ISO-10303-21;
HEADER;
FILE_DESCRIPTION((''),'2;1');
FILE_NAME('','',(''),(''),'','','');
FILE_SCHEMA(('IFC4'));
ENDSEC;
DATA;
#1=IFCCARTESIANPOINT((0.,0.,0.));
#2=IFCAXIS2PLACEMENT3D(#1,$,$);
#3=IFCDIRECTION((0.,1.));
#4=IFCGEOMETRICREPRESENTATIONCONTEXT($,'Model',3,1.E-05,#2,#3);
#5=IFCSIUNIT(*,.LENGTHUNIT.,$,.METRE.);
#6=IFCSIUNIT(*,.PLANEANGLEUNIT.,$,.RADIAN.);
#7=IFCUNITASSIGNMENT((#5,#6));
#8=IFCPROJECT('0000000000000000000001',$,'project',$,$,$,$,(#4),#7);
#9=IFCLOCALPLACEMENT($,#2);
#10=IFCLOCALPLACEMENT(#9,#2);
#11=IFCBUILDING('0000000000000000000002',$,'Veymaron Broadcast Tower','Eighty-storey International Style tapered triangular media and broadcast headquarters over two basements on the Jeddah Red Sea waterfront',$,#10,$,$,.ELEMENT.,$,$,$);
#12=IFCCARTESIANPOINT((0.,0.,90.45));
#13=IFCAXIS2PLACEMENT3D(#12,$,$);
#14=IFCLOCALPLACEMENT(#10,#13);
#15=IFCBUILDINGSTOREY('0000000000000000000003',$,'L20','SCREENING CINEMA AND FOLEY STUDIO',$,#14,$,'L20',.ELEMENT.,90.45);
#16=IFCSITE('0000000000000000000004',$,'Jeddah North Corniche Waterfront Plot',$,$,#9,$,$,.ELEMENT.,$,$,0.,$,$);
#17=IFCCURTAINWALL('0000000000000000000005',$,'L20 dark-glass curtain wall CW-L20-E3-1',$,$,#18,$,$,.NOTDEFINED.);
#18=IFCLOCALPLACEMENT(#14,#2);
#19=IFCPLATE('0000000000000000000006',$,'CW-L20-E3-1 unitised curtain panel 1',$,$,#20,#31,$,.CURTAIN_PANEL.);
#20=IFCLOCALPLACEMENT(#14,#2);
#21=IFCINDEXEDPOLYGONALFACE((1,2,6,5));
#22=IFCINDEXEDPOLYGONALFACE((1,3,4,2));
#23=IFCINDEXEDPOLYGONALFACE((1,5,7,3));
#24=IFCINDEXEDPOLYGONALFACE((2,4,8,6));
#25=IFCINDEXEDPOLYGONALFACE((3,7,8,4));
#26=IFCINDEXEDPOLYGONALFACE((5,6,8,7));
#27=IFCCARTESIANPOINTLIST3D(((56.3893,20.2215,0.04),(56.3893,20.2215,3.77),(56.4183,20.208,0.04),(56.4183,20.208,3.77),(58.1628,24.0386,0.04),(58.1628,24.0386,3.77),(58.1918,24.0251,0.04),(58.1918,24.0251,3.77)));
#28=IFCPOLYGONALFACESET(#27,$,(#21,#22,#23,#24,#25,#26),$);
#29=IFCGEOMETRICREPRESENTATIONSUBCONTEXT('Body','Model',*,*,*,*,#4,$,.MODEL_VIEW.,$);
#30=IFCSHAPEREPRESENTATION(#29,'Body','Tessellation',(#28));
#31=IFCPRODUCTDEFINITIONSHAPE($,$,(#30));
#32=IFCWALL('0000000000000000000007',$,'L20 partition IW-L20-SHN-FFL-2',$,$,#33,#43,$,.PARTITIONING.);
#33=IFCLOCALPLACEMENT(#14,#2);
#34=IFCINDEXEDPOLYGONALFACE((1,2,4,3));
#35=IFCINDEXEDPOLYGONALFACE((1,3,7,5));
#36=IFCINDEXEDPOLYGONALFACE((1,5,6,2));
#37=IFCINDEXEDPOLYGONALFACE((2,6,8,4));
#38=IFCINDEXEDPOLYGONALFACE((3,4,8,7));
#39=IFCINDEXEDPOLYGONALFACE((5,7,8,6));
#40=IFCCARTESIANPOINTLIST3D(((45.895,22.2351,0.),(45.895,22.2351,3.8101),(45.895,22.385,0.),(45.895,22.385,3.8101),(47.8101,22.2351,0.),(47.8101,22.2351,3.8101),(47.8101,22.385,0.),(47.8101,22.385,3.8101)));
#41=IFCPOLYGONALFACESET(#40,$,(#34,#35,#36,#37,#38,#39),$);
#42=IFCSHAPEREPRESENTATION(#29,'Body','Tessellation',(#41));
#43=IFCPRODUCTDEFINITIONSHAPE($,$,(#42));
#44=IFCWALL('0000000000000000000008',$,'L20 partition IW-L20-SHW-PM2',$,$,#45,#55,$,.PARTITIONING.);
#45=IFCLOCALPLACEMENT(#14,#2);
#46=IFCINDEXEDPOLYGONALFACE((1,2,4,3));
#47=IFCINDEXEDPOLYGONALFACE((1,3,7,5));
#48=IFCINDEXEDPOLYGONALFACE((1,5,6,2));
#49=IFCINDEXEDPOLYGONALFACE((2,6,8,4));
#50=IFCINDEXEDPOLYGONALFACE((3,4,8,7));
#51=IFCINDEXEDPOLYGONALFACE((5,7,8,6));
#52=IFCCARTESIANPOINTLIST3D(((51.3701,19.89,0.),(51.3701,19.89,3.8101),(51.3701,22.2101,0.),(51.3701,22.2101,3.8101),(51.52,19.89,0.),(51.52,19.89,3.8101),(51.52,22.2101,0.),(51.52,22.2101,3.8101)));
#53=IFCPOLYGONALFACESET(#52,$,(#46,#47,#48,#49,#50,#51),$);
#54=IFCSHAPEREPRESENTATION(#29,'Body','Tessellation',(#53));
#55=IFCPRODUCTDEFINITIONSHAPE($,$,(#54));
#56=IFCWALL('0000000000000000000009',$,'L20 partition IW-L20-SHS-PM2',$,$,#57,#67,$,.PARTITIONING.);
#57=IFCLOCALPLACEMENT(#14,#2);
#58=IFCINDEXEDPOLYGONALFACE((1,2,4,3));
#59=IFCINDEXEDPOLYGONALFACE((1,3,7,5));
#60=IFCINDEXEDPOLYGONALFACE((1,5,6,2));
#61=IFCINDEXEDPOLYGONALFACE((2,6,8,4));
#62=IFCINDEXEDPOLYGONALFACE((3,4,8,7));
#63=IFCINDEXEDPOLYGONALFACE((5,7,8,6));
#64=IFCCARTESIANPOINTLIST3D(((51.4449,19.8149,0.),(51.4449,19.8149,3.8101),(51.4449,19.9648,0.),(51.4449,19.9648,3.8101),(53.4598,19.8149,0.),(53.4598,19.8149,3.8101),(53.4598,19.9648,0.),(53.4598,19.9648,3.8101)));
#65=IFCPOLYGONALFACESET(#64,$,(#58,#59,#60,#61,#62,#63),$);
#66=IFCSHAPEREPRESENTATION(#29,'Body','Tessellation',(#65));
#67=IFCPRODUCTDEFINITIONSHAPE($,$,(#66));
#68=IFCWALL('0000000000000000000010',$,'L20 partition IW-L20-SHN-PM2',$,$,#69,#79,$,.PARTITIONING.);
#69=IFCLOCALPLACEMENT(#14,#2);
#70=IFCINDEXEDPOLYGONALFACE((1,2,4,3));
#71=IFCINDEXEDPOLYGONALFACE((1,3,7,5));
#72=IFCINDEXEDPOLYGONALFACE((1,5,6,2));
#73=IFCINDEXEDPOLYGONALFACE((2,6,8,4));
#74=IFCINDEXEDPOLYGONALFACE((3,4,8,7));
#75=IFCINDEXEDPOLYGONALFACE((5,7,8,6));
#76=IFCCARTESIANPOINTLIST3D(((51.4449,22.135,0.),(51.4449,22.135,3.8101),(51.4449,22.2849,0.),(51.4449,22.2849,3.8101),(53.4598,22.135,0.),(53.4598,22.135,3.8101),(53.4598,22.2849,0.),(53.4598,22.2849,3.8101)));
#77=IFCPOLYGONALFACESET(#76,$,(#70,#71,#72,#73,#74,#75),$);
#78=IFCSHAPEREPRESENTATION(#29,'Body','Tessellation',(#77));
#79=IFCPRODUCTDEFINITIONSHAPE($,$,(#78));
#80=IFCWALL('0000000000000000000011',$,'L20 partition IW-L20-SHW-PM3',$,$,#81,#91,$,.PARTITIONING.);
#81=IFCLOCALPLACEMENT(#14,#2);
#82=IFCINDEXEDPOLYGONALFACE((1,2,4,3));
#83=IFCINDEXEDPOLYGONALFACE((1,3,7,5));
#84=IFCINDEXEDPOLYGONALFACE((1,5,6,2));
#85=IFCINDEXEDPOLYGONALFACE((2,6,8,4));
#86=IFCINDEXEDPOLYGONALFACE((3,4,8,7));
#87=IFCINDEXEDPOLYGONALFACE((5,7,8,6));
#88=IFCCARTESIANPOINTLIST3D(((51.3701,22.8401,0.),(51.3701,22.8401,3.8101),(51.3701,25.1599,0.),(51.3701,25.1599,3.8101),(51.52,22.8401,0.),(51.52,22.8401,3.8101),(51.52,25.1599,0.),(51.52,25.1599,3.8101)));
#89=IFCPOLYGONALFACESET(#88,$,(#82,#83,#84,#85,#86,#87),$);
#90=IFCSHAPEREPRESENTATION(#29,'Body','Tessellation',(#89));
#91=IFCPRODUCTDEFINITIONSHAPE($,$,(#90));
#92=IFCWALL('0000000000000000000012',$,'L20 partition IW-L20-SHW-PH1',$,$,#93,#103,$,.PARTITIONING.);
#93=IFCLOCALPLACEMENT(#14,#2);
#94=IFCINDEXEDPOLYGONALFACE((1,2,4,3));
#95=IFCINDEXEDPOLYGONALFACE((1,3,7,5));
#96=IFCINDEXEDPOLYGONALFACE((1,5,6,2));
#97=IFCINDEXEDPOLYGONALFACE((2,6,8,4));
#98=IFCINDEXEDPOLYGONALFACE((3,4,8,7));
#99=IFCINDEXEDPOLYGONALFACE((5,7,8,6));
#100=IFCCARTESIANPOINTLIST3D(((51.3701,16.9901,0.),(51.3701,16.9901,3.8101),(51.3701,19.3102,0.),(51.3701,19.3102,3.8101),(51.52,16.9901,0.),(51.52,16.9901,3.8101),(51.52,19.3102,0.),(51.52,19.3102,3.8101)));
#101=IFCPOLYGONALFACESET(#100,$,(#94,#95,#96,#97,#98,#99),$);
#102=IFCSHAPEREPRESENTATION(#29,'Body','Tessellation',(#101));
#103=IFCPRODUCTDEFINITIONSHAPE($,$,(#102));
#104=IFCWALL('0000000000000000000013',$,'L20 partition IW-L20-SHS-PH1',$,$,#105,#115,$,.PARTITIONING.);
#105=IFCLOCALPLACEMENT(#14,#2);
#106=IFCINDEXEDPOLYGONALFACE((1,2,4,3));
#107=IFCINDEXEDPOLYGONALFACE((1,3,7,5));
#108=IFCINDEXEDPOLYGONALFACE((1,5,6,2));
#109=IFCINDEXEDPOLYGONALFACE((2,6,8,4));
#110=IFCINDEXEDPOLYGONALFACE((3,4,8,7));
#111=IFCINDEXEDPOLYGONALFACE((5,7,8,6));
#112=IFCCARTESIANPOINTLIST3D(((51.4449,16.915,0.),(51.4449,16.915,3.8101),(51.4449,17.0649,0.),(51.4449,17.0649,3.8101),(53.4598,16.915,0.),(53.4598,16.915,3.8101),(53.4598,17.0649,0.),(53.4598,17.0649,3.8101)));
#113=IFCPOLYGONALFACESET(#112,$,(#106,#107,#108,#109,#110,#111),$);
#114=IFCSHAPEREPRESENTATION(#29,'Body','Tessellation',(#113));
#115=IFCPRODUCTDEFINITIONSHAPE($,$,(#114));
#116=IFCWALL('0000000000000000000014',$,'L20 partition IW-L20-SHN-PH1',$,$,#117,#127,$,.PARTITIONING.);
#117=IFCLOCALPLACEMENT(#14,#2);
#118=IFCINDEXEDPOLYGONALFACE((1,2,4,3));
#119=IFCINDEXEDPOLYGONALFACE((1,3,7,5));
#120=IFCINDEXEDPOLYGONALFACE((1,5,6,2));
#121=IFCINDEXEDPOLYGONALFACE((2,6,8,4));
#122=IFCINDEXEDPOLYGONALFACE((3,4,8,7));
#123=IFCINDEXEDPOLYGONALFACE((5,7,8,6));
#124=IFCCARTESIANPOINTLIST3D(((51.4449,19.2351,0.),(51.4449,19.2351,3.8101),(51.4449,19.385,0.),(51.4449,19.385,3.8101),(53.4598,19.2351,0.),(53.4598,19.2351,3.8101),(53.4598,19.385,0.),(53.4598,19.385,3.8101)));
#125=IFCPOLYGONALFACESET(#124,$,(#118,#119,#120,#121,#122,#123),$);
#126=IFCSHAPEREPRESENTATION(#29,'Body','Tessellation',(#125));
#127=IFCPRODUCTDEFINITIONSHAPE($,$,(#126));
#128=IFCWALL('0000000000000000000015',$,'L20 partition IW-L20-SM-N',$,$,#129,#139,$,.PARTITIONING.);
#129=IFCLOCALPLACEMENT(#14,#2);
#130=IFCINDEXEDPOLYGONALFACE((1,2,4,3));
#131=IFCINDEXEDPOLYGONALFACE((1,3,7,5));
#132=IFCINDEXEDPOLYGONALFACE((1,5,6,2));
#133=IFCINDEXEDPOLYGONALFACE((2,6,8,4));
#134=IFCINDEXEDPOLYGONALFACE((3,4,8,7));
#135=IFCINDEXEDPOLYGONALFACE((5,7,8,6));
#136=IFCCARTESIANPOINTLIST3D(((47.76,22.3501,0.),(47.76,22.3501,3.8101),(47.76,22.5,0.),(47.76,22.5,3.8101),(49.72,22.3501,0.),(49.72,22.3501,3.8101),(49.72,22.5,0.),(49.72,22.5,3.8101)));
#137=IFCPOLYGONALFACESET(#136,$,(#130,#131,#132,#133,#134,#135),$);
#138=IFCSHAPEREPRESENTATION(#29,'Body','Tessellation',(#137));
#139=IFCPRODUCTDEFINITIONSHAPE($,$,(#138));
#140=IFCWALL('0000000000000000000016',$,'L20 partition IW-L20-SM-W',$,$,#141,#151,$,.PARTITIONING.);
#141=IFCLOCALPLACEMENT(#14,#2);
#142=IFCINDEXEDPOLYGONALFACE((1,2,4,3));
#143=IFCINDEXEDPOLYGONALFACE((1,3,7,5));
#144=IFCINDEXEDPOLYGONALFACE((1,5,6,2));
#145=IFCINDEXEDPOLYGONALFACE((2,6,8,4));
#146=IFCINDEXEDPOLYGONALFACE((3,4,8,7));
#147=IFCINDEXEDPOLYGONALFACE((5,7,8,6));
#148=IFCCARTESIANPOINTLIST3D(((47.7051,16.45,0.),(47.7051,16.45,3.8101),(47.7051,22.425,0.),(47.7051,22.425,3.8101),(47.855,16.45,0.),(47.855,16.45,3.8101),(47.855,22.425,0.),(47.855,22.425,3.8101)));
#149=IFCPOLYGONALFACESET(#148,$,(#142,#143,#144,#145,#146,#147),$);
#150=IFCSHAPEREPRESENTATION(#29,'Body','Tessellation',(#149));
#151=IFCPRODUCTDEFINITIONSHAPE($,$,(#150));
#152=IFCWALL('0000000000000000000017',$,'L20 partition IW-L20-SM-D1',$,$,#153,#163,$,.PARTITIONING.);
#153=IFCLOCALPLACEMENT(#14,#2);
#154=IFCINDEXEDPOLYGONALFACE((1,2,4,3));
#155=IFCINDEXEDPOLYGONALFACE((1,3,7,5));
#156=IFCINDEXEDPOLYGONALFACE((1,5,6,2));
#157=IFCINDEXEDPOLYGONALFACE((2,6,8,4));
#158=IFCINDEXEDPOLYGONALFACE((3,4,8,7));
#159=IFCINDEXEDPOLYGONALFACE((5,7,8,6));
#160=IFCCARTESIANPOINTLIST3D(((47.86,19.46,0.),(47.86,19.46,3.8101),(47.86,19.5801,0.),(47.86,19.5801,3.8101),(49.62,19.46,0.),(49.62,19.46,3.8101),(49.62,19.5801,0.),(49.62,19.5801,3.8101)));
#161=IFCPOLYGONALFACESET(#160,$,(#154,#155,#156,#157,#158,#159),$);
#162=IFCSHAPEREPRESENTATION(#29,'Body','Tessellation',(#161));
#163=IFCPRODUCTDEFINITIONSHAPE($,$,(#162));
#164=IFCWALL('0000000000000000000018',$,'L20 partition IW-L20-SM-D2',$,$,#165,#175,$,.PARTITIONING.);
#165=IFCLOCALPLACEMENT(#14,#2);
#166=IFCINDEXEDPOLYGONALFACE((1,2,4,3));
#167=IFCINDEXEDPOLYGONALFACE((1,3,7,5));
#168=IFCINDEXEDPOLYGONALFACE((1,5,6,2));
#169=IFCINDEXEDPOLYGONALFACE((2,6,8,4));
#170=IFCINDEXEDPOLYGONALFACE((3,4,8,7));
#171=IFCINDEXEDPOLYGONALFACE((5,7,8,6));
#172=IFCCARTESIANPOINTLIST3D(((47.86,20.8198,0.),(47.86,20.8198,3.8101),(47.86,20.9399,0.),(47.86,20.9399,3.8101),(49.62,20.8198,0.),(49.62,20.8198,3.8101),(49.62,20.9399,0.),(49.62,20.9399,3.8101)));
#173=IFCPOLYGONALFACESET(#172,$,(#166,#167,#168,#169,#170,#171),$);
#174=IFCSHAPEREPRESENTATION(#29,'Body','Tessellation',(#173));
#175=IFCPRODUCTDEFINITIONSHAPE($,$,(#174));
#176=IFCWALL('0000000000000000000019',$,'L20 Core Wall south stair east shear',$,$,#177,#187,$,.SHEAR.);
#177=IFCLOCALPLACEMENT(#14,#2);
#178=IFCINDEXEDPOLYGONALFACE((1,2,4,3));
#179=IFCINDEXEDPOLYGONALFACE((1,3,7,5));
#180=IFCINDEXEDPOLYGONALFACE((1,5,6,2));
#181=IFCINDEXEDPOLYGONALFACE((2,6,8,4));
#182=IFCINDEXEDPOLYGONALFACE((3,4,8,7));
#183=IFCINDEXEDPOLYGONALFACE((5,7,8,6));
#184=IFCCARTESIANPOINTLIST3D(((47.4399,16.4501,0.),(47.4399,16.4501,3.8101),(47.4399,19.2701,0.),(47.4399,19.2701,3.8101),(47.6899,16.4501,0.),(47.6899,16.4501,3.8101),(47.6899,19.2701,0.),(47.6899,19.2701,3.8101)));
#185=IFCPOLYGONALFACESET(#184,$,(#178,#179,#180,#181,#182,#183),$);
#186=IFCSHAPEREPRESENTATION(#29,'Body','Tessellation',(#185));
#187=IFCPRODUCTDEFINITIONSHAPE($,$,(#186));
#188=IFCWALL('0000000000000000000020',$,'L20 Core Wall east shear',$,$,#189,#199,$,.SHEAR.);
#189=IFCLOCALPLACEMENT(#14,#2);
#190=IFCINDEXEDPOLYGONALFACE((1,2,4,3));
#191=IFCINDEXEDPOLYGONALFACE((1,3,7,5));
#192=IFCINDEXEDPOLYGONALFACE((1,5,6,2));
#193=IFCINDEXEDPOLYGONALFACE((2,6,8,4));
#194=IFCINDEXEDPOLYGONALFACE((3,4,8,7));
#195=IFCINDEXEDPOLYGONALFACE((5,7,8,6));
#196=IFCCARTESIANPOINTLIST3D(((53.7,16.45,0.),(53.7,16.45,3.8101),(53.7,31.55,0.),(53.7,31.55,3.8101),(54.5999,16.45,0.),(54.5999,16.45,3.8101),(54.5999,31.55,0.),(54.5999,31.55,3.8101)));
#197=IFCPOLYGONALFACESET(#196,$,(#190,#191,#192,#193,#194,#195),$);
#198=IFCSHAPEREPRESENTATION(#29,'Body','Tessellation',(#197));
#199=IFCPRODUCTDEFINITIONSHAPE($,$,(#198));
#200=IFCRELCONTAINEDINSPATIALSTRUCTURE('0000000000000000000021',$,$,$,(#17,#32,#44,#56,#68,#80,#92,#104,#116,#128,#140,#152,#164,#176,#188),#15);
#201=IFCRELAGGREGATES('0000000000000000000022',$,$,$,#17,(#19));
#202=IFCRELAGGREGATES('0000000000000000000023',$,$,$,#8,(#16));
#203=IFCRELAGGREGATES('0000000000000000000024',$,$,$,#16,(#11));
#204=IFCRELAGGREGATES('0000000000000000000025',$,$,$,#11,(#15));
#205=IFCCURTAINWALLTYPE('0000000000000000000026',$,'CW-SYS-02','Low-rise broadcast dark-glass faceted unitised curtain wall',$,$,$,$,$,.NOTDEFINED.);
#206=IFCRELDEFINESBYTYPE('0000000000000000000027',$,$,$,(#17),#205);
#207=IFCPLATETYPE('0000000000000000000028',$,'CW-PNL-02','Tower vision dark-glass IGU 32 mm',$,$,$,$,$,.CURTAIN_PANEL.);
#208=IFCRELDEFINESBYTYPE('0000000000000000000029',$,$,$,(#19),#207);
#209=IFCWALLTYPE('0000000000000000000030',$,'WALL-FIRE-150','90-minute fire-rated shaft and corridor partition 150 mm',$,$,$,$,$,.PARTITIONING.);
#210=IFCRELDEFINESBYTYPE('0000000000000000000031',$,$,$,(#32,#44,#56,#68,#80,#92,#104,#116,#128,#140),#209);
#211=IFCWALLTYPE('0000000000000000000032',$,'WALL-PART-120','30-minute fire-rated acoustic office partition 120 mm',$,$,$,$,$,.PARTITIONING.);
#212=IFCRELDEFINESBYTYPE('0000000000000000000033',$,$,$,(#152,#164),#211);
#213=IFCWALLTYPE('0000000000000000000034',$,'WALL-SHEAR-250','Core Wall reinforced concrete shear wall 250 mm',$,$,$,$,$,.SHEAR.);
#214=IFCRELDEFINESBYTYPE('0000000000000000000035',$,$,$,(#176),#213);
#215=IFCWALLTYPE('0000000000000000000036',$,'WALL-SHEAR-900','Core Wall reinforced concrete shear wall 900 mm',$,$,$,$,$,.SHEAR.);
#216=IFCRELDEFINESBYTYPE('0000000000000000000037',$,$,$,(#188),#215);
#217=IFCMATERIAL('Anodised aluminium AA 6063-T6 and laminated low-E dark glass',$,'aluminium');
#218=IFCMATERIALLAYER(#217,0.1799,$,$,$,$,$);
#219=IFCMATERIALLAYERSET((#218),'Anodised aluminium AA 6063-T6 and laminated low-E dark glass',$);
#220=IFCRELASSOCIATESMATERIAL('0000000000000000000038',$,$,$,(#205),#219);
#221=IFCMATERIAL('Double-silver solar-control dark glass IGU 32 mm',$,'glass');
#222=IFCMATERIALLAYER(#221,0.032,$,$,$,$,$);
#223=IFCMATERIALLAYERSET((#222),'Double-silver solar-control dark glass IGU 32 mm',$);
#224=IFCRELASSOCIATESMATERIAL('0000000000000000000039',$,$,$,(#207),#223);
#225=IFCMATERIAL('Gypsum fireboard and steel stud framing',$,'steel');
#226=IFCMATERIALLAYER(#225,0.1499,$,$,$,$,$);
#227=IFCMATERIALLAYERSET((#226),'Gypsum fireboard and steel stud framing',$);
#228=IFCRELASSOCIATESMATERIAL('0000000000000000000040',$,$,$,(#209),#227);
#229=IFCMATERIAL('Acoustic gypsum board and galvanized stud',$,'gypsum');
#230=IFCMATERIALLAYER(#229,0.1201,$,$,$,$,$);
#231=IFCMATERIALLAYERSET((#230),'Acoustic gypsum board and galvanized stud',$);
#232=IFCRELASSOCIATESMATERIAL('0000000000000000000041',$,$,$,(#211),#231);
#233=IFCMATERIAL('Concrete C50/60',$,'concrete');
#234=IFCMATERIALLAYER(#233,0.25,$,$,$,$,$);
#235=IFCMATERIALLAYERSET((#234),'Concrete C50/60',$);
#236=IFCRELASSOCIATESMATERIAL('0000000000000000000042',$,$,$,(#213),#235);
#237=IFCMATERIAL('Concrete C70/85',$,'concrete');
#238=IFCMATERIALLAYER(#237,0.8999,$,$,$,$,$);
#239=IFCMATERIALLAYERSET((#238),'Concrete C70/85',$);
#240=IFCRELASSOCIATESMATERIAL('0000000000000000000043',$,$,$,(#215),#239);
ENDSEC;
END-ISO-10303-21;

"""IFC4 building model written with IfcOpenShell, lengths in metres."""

from ifc_helpers import new_model, si_unit, direction, frame, frame_2d, origin, origin_2d, place, context, subcontext, project, spatial, rectangle, extrude, material, layer, layer_set, type_object, element, aggregate, save


model = new_model("IFC4")

# Units and contexts
model_context = context("Model", 3, precision=1e-05, world=origin(), true_north=direction((0.0, 1.0)))
body_context = subcontext(model_context, "Body", "Model", "MODEL_VIEW")
ifc_project = project(units=[si_unit("LENGTHUNIT", "METRE"), si_unit("PLANEANGLEUNIT", "RADIAN")], contexts=[model_context])

# Site, building, storey
site_placement = place(None, origin())
site = spatial("IfcSite", under=ifc_project, at=site_placement, Name="Jeddah North Corniche Waterfront Plot", CompositionType="ELEMENT", RefElevation=0.0)
building_placement = place(site_placement, origin())
building = spatial("IfcBuilding", under=site, at=building_placement, Name="Veymaron Broadcast Tower", Description="Eighty-storey International Style tapered triangular media and broadcast headquarters over two basements on the Jeddah Red Sea waterfront", CompositionType="ELEMENT")
storey_placement = place(building_placement, frame((0.0, 0.0, 90.45)))
storey = spatial("IfcBuildingStorey", under=building, at=storey_placement, Name="L20", Description="SCREENING CINEMA AND FOLEY STUDIO", LongName="L20", CompositionType="ELEMENT", Elevation=90.45)

# Shared definitions
ifc_material_1 = material(Name="Anodised aluminium AA 6063-T6 and laminated low-E dark glass", Category="aluminium")
ifc_layer_1 = layer(ifc_material_1, 0.1799)
ifc_layer_set_1 = layer_set([ifc_layer_1], Name="Anodised aluminium AA 6063-T6 and laminated low-E dark glass")
curtain_wall_type = type_object("IfcCurtainWallType", Name="CW-SYS-02", Description="Low-rise broadcast dark-glass faceted unitised curtain wall", PredefinedType="NOTDEFINED", material=ifc_layer_set_1)

# Curtain wall
curtain_wall_1_placement = place(storey_placement, origin())
curtain_wall_1 = element("IfcCurtainWall", 1, at=curtain_wall_1_placement, inside=storey, type_object=curtain_wall_type, Name="L20 dark-glass curtain wall CW-L20-E3-1", PredefinedType="NOTDEFINED")

# Plate
ifc_material_2 = material(Name="Double-silver solar-control dark glass IGU 32 mm", Category="glass")
ifc_layer_2 = layer(ifc_material_2, 0.032)
ifc_layer_set_2 = layer_set([ifc_layer_2], Name="Double-silver solar-control dark glass IGU 32 mm")
plate_type = type_object("IfcPlateType", Name="CW-PNL-02", Description="Tower vision dark-glass IGU 32 mm", PredefinedType="CURTAIN_PANEL", material=ifc_layer_set_2)
plate_1_placement = place(storey_placement, frame((57.2905, 22.1233, 0.04), z_axis=(0.0, 0.0, 1.0), x_axis=(0.421368, 0.90689, 0.0)))
plate_1 = element("IfcPlate", 2, at=plate_1_placement, type_object=plate_type, Name="CW-L20-E3-1 unitised curtain panel 1", PredefinedType="CURTAIN_PANEL", context=body_context, shape_type="SweptSolid", body=[
    extrude(rectangle(XDim=4.209, YDim=0.032, at=origin_2d()), origin(), (0.0, 0.0, 1.0), 3.73),
])
aggregate(curtain_wall_1, [plate_1])

# Shared definitions
ifc_material_3 = material(Name="Gypsum fireboard and steel stud framing", Category="steel")
ifc_layer_3 = layer(ifc_material_3, 0.1499)
ifc_layer_set_3 = layer_set([ifc_layer_3], Name="Gypsum fireboard and steel stud framing")
wall_type_1 = type_object("IfcWallType", Name="WALL-FIRE-150", Description="90-minute fire-rated shaft and corridor partition 150 mm", PredefinedType="PARTITIONING", material=ifc_layer_set_3)

# Walls
wall_1_placement = place(storey_placement, frame((45.895, 22.3101, 0.0), z_axis=(0.0, 0.0, 1.0), x_axis=(1.0, 0.0, 0.0)))
element("IfcWall", 3, at=wall_1_placement, inside=storey, type_object=wall_type_1, Name="L20 partition IW-L20-SHN-FFL-2", PredefinedType="PARTITIONING", context=body_context, shape_type="SweptSolid", body=[
    extrude(rectangle(XDim=1.915, YDim=0.1499, at=frame_2d((0.9575, 0.0))), origin(), (0.0, 0.0, 1.0), 3.8101),
])
wall_2_placement = place(storey_placement, frame((51.4451, 19.8899, 0.0), z_axis=(0.0, 0.0, 1.0), x_axis=(0.0, 1.0, 0.0)))
element("IfcWall", 4, at=wall_2_placement, inside=storey, type_object=wall_type_1, Name="L20 partition IW-L20-SHW-PM2", PredefinedType="PARTITIONING", context=body_context, shape_type="SweptSolid", body=[
    extrude(rectangle(XDim=2.3201, YDim=0.1499, at=frame_2d((1.1602, 0.0))), origin(), (0.0, 0.0, 1.0), 3.8101),
])
for number, where, z_axis, x_axis, name in (
    (5, (51.4451, 19.8899, 0.0), (0.0, 0.0, 1.0), (1.0, 0.0, 0.0), "L20 partition IW-L20-SHS-PM2"),
    (6, (51.4451, 22.21, 0.0), (0.0, 0.0, 1.0), (1.0, 0.0, 0.0), "L20 partition IW-L20-SHN-PM2"),
):
    element("IfcWall", number, at=place(storey_placement, frame(where, z_axis=z_axis, x_axis=x_axis)), inside=storey, type_object=wall_type_1, Name=name, PredefinedType="PARTITIONING", context=body_context, shape_type="SweptSolid", body=[
        extrude(rectangle(XDim=2.0149, YDim=0.1499, at=frame_2d((1.0073, 0.0))), origin(), (0.0, 0.0, 1.0), 3.8101),
    ])
wall_3_placement = place(storey_placement, frame((51.4451, 22.8401, 0.0), z_axis=(0.0, 0.0, 1.0), x_axis=(0.0, 1.0, 0.0)))
element("IfcWall", 7, at=wall_3_placement, inside=storey, type_object=wall_type_1, Name="L20 partition IW-L20-SHW-PM3", PredefinedType="PARTITIONING", context=body_context, shape_type="SweptSolid", body=[
    extrude(rectangle(XDim=2.3198, YDim=0.1499, at=frame_2d((1.1599, 0.0))), origin(), (0.0, 0.0, 1.0), 3.8101),
])
wall_4_placement = place(storey_placement, frame((51.4451, 16.99, 0.0), z_axis=(0.0, 0.0, 1.0), x_axis=(0.0, 1.0, 0.0)))
element("IfcWall", 8, at=wall_4_placement, inside=storey, type_object=wall_type_1, Name="L20 partition IW-L20-SHW-PH1", PredefinedType="PARTITIONING", context=body_context, shape_type="SweptSolid", body=[
    extrude(rectangle(XDim=2.3201, YDim=0.1499, at=frame_2d((1.1602, 0.0))), origin(), (0.0, 0.0, 1.0), 3.8101),
])
for number, where, z_axis, x_axis, name in (
    (9, (51.4451, 16.99, 0.0), (0.0, 0.0, 1.0), (1.0, 0.0, 0.0), "L20 partition IW-L20-SHS-PH1"),
    (10, (51.4451, 19.3101, 0.0), (0.0, 0.0, 1.0), (1.0, 0.0, 0.0), "L20 partition IW-L20-SHN-PH1"),
):
    element("IfcWall", number, at=place(storey_placement, frame(where, z_axis=z_axis, x_axis=x_axis)), inside=storey, type_object=wall_type_1, Name=name, PredefinedType="PARTITIONING", context=body_context, shape_type="SweptSolid", body=[
        extrude(rectangle(XDim=2.0149, YDim=0.1499, at=frame_2d((1.0073, 0.0))), origin(), (0.0, 0.0, 1.0), 3.8101),
    ])

# Walls
wall_5_placement = place(storey_placement, frame((47.76, 22.425, 0.0), z_axis=(0.0, 0.0, 1.0), x_axis=(1.0, 0.0, 0.0)))
element("IfcWall", 11, at=wall_5_placement, inside=storey, type_object=wall_type_1, Name="L20 partition IW-L20-SM-N", PredefinedType="PARTITIONING", context=body_context, shape_type="SweptSolid", body=[
    extrude(rectangle(XDim=1.96, YDim=0.1499, at=frame_2d((0.98, 0.0))), origin(), (0.0, 0.0, 1.0), 3.8101),
])
wall_6_placement = place(storey_placement, frame((47.78, 16.45, 0.0), z_axis=(0.0, 0.0, 1.0), x_axis=(0.0, 1.0, 0.0)))
element("IfcWall", 12, at=wall_6_placement, inside=storey, type_object=wall_type_1, Name="L20 partition IW-L20-SM-W", PredefinedType="PARTITIONING", context=body_context, shape_type="SweptSolid", body=[
    extrude(rectangle(XDim=5.9751, YDim=0.1499, at=frame_2d((2.9875, 0.0))), origin(), (0.0, 0.0, 1.0), 3.8101),
])
ifc_material_4 = material(Name="Acoustic gypsum board and galvanized stud", Category="gypsum")
ifc_layer_4 = layer(ifc_material_4, 0.1201)
ifc_layer_set_4 = layer_set([ifc_layer_4], Name="Acoustic gypsum board and galvanized stud")
wall_type_2 = type_object("IfcWallType", Name="WALL-PART-120", Description="30-minute fire-rated acoustic office partition 120 mm", PredefinedType="PARTITIONING", material=ifc_layer_set_4)
for number, where, z_axis, x_axis, name in (
    (13, (47.8601, 19.52, 0.0), (0.0, 0.0, 1.0), (1.0, 0.0, 0.0), "L20 partition IW-L20-SM-D1"),
    (14, (47.8601, 20.8799, 0.0), (0.0, 0.0, 1.0), (1.0, 0.0, 0.0), "L20 partition IW-L20-SM-D2"),
):
    element("IfcWall", number, at=place(storey_placement, frame(where, z_axis=z_axis, x_axis=x_axis)), inside=storey, type_object=wall_type_2, Name=name, PredefinedType="PARTITIONING", context=body_context, shape_type="SweptSolid", body=[
        extrude(rectangle(XDim=1.76, YDim=0.1201, at=frame_2d((0.8799, 0.0))), origin(), (0.0, 0.0, 1.0), 3.8101),
    ])

# Walls
ifc_material_5 = material(Name="Concrete C50/60", Category="concrete")
ifc_layer_5 = layer(ifc_material_5, 0.25)
ifc_layer_set_5 = layer_set([ifc_layer_5], Name="Concrete C50/60")
wall_type_3 = type_object("IfcWallType", Name="WALL-SHEAR-250", Description="Core Wall reinforced concrete shear wall 250 mm", PredefinedType="SHEAR", material=ifc_layer_set_5)
wall_7_placement = place(storey_placement, frame((47.5649, 16.45, 0.0), z_axis=(0.0, 0.0, 1.0), x_axis=(0.0, 1.0, 0.0)))
element("IfcWall", 15, at=wall_7_placement, inside=storey, type_object=wall_type_3, Name="L20 Core Wall south stair east shear", PredefinedType="SHEAR", context=body_context, shape_type="SweptSolid", body=[
    extrude(rectangle(XDim=2.8201, YDim=0.25, at=frame_2d((1.4102, 0.0))), origin(), (0.0, 0.0, 1.0), 3.8101),
])
ifc_material_6 = material(Name="Concrete C70/85", Category="concrete")
ifc_layer_6 = layer(ifc_material_6, 0.8999)
ifc_layer_set_6 = layer_set([ifc_layer_6], Name="Concrete C70/85")
wall_type_4 = type_object("IfcWallType", Name="WALL-SHEAR-900", Description="Core Wall reinforced concrete shear wall 900 mm", PredefinedType="SHEAR", material=ifc_layer_set_6)
wall_8_placement = place(storey_placement, frame((54.1499, 16.45, 0.0), z_axis=(0.0, 0.0, 1.0), x_axis=(0.0, 1.0, 0.0)))
element("IfcWall", 16, at=wall_8_placement, inside=storey, type_object=wall_type_4, Name="L20 Core Wall east shear", PredefinedType="SHEAR", context=body_context, shape_type="SweptSolid", body=[
    extrude(rectangle(XDim=15.1001, YDim=0.8999, at=frame_2d((7.55, 0.0))), origin(), (0.0, 0.0, 1.0), 3.8101),
])

save(model, "model.ifc")
